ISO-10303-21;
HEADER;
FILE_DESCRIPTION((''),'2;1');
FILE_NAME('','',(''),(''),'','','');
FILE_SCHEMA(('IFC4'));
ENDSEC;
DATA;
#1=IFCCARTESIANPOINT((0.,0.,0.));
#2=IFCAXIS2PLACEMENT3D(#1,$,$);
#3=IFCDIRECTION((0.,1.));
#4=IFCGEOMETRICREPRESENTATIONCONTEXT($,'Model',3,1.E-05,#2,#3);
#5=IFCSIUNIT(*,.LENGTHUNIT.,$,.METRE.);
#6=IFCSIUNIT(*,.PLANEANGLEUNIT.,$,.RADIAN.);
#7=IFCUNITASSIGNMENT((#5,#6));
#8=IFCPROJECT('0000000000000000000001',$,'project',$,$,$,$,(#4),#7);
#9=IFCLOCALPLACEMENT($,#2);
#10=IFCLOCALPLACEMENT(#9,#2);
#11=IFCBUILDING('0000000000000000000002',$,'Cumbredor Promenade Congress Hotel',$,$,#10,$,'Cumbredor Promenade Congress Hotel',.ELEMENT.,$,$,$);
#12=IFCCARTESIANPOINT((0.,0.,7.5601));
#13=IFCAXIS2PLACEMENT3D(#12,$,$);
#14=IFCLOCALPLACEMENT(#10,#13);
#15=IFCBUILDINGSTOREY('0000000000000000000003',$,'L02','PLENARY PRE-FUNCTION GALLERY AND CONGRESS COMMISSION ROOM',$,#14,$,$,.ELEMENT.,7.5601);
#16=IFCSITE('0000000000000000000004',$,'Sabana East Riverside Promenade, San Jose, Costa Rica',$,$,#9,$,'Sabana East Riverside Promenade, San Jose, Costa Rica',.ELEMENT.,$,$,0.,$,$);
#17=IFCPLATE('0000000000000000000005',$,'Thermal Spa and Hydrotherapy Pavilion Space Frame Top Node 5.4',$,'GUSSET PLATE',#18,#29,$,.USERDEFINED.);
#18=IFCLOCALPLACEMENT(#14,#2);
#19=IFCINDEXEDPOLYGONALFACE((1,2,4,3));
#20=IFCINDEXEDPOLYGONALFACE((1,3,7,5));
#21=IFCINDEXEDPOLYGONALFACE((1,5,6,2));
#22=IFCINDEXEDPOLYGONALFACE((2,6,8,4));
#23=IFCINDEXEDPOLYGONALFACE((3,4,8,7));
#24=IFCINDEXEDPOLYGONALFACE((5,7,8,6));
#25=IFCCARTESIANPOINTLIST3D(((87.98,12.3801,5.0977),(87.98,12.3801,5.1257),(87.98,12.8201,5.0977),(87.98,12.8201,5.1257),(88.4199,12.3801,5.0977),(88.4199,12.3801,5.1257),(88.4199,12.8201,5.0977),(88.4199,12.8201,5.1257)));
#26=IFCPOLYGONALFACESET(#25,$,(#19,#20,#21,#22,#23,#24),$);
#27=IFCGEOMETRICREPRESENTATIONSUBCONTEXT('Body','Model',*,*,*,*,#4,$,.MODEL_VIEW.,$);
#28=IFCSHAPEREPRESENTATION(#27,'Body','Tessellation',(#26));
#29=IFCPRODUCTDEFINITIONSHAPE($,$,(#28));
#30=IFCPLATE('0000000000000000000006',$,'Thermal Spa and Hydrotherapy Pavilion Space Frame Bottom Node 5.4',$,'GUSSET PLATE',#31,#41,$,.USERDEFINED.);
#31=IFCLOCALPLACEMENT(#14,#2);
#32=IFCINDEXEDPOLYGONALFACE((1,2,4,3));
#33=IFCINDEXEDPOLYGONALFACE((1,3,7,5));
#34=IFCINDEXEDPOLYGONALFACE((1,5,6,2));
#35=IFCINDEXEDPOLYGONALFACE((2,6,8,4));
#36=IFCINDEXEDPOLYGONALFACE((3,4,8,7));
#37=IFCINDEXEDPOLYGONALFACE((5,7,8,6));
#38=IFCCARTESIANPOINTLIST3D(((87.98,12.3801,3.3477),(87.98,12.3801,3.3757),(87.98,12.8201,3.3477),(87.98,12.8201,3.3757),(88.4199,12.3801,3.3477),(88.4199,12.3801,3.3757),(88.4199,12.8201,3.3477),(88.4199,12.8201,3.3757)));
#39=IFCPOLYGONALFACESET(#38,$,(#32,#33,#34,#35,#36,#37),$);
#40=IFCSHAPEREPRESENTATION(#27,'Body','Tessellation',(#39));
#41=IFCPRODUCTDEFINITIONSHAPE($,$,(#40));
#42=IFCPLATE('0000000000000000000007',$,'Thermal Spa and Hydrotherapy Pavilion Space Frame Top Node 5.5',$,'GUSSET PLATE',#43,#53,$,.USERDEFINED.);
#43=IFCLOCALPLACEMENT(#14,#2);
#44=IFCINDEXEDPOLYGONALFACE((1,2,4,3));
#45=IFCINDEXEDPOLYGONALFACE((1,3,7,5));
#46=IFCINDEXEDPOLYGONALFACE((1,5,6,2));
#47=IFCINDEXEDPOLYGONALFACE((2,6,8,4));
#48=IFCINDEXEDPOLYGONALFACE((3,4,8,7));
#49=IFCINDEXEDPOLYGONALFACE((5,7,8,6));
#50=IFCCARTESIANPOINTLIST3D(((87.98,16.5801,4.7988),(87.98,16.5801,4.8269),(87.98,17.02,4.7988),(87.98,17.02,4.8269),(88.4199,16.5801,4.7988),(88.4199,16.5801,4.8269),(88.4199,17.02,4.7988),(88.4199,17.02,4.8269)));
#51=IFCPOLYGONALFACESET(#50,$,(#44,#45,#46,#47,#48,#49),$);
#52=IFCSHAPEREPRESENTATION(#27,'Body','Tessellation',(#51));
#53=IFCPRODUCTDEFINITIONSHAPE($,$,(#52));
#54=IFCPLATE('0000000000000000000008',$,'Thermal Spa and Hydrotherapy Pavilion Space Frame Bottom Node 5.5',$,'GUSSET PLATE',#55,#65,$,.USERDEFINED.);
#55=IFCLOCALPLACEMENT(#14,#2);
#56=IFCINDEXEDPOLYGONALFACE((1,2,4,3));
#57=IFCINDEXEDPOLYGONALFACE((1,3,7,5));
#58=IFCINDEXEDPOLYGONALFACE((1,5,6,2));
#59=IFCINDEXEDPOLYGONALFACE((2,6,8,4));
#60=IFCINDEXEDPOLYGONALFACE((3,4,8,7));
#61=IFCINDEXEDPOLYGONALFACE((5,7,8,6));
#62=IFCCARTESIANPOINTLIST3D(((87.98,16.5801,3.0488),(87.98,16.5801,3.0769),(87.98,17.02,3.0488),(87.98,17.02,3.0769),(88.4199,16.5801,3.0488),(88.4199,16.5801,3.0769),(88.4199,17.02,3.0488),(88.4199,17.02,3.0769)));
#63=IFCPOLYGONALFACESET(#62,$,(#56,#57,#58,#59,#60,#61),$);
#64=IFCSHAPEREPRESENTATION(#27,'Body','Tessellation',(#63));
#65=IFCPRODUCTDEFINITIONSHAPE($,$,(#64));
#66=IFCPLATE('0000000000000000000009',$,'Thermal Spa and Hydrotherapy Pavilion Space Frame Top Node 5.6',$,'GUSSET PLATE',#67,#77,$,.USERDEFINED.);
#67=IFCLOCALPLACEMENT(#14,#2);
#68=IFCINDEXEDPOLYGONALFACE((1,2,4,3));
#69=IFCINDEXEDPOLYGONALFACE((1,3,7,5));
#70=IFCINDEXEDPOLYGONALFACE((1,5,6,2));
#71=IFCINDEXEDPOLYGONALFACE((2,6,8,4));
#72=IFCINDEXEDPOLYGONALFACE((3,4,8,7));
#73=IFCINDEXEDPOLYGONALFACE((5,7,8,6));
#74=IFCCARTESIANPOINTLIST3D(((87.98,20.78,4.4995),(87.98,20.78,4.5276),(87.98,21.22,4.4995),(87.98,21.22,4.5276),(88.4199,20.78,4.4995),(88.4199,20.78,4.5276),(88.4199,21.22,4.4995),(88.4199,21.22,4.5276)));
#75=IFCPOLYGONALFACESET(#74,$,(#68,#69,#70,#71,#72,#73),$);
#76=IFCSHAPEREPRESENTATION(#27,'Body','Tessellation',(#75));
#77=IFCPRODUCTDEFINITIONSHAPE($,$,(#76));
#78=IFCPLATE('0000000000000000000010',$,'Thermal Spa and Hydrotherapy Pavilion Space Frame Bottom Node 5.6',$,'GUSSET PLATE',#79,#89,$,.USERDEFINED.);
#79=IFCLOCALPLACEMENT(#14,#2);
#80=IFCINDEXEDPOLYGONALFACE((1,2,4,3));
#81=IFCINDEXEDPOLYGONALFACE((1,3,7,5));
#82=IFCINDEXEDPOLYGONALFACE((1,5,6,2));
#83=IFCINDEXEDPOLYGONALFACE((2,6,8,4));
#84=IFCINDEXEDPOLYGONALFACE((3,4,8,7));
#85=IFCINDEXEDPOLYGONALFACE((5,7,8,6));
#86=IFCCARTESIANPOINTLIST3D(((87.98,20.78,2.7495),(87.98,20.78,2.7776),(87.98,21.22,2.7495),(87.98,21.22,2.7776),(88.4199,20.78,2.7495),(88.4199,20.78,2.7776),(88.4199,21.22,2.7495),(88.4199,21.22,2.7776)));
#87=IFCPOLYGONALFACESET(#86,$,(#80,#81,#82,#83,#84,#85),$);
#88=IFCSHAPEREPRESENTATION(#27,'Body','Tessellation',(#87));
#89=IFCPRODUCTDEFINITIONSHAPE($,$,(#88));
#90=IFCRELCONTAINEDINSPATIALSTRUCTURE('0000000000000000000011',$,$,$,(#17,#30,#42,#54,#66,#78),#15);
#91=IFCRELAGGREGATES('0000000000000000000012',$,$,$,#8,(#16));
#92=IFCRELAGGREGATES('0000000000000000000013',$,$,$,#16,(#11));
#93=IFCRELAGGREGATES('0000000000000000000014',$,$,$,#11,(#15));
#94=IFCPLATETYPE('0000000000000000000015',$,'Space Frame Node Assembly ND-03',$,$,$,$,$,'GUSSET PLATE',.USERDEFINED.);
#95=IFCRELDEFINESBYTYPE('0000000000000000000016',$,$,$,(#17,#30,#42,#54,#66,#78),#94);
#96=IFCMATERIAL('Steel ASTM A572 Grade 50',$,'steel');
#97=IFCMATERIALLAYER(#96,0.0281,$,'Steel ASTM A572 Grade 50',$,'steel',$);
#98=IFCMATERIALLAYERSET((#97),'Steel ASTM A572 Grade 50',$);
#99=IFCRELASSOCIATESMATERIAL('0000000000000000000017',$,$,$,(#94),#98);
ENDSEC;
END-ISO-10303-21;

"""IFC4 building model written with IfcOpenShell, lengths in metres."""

from ifc_helpers import new_model, si_unit, direction, frame, origin, origin_2d, place, context, subcontext, project, spatial, rectangle, extrude, material, layer, layer_set, type_object, element, save


model = new_model("IFC4")

# Units and contexts
model_context = context("Model", 3, precision=1e-05, world=origin(), true_north=direction((0.0, 1.0)))
body_context = subcontext(model_context, "Body", "Model", "MODEL_VIEW")
ifc_project = project(units=[si_unit("LENGTHUNIT", "METRE"), si_unit("PLANEANGLEUNIT", "RADIAN")], contexts=[model_context])

# Site, building, storey
site_placement = place(None, origin())
site = spatial("IfcSite", under=ifc_project, at=site_placement, Name="Sabana East Riverside Promenade, San Jose, Costa Rica", LongName="Sabana East Riverside Promenade, San Jose, Costa Rica", CompositionType="ELEMENT", RefElevation=0.0)
building_placement = place(site_placement, origin())
building = spatial("IfcBuilding", under=site, at=building_placement, Name="Cumbredor Promenade Congress Hotel", LongName="Cumbredor Promenade Congress Hotel", CompositionType="ELEMENT")
storey_placement = place(building_placement, frame((0.0, 0.0, 7.5601)))
storey = spatial("IfcBuildingStorey", under=building, at=storey_placement, Name="L02", Description="PLENARY PRE-FUNCTION GALLERY AND CONGRESS COMMISSION ROOM", CompositionType="ELEMENT", Elevation=7.5601)

# Plates
ifc_material_1 = material(Name="Steel ASTM A572 Grade 50", Category="steel")
ifc_layer = layer(ifc_material_1, 0.0281, Name="Steel ASTM A572 Grade 50", Category="steel")
ifc_layer_set = layer_set([ifc_layer], Name="Steel ASTM A572 Grade 50")
plate_type = type_object("IfcPlateType", Name="Space Frame Node Assembly ND-03", ElementType="GUSSET PLATE", PredefinedType="USERDEFINED", material=ifc_layer_set)
for number, where, z_axis, x_axis, name in (
    (1, (88.2, 12.6001, 5.0977), (0.0, 0.0, 1.0), (1.0, 0.0, 0.0), "Thermal Spa and Hydrotherapy Pavilion Space Frame Top Node 5.4"),
    (2, (88.2, 12.6001, 3.3477), (0.0, 0.0, 1.0), (1.0, 0.0, 0.0), "Thermal Spa and Hydrotherapy Pavilion Space Frame Bottom Node 5.4"),
    (3, (88.2, 16.8, 4.7988), (0.0, 0.0, 1.0), (1.0, 0.0, 0.0), "Thermal Spa and Hydrotherapy Pavilion Space Frame Top Node 5.5"),
    (4, (88.2, 16.8, 3.0488), (0.0, 0.0, 1.0), (1.0, 0.0, 0.0), "Thermal Spa and Hydrotherapy Pavilion Space Frame Bottom Node 5.5"),
    (5, (88.2, 21.0, 4.4995), (0.0, 0.0, 1.0), (1.0, 0.0, 0.0), "Thermal Spa and Hydrotherapy Pavilion Space Frame Top Node 5.6"),
    (6, (88.2, 21.0, 2.7495), (0.0, 0.0, 1.0), (1.0, 0.0, 0.0), "Thermal Spa and Hydrotherapy Pavilion Space Frame Bottom Node 5.6"),
):
    element("IfcPlate", number, at=place(storey_placement, frame(where, z_axis=z_axis, x_axis=x_axis)), inside=storey, type_object=plate_type, Name=name, ObjectType="GUSSET PLATE", PredefinedType="USERDEFINED", context=body_context, shape_type="SweptSolid", body=[
        extrude(rectangle(XDim=0.4399, YDim=0.4399, at=origin_2d()), origin(), (0.0, 0.0, 1.0), 0.0281),
    ])

save(model, "model.ifc")
